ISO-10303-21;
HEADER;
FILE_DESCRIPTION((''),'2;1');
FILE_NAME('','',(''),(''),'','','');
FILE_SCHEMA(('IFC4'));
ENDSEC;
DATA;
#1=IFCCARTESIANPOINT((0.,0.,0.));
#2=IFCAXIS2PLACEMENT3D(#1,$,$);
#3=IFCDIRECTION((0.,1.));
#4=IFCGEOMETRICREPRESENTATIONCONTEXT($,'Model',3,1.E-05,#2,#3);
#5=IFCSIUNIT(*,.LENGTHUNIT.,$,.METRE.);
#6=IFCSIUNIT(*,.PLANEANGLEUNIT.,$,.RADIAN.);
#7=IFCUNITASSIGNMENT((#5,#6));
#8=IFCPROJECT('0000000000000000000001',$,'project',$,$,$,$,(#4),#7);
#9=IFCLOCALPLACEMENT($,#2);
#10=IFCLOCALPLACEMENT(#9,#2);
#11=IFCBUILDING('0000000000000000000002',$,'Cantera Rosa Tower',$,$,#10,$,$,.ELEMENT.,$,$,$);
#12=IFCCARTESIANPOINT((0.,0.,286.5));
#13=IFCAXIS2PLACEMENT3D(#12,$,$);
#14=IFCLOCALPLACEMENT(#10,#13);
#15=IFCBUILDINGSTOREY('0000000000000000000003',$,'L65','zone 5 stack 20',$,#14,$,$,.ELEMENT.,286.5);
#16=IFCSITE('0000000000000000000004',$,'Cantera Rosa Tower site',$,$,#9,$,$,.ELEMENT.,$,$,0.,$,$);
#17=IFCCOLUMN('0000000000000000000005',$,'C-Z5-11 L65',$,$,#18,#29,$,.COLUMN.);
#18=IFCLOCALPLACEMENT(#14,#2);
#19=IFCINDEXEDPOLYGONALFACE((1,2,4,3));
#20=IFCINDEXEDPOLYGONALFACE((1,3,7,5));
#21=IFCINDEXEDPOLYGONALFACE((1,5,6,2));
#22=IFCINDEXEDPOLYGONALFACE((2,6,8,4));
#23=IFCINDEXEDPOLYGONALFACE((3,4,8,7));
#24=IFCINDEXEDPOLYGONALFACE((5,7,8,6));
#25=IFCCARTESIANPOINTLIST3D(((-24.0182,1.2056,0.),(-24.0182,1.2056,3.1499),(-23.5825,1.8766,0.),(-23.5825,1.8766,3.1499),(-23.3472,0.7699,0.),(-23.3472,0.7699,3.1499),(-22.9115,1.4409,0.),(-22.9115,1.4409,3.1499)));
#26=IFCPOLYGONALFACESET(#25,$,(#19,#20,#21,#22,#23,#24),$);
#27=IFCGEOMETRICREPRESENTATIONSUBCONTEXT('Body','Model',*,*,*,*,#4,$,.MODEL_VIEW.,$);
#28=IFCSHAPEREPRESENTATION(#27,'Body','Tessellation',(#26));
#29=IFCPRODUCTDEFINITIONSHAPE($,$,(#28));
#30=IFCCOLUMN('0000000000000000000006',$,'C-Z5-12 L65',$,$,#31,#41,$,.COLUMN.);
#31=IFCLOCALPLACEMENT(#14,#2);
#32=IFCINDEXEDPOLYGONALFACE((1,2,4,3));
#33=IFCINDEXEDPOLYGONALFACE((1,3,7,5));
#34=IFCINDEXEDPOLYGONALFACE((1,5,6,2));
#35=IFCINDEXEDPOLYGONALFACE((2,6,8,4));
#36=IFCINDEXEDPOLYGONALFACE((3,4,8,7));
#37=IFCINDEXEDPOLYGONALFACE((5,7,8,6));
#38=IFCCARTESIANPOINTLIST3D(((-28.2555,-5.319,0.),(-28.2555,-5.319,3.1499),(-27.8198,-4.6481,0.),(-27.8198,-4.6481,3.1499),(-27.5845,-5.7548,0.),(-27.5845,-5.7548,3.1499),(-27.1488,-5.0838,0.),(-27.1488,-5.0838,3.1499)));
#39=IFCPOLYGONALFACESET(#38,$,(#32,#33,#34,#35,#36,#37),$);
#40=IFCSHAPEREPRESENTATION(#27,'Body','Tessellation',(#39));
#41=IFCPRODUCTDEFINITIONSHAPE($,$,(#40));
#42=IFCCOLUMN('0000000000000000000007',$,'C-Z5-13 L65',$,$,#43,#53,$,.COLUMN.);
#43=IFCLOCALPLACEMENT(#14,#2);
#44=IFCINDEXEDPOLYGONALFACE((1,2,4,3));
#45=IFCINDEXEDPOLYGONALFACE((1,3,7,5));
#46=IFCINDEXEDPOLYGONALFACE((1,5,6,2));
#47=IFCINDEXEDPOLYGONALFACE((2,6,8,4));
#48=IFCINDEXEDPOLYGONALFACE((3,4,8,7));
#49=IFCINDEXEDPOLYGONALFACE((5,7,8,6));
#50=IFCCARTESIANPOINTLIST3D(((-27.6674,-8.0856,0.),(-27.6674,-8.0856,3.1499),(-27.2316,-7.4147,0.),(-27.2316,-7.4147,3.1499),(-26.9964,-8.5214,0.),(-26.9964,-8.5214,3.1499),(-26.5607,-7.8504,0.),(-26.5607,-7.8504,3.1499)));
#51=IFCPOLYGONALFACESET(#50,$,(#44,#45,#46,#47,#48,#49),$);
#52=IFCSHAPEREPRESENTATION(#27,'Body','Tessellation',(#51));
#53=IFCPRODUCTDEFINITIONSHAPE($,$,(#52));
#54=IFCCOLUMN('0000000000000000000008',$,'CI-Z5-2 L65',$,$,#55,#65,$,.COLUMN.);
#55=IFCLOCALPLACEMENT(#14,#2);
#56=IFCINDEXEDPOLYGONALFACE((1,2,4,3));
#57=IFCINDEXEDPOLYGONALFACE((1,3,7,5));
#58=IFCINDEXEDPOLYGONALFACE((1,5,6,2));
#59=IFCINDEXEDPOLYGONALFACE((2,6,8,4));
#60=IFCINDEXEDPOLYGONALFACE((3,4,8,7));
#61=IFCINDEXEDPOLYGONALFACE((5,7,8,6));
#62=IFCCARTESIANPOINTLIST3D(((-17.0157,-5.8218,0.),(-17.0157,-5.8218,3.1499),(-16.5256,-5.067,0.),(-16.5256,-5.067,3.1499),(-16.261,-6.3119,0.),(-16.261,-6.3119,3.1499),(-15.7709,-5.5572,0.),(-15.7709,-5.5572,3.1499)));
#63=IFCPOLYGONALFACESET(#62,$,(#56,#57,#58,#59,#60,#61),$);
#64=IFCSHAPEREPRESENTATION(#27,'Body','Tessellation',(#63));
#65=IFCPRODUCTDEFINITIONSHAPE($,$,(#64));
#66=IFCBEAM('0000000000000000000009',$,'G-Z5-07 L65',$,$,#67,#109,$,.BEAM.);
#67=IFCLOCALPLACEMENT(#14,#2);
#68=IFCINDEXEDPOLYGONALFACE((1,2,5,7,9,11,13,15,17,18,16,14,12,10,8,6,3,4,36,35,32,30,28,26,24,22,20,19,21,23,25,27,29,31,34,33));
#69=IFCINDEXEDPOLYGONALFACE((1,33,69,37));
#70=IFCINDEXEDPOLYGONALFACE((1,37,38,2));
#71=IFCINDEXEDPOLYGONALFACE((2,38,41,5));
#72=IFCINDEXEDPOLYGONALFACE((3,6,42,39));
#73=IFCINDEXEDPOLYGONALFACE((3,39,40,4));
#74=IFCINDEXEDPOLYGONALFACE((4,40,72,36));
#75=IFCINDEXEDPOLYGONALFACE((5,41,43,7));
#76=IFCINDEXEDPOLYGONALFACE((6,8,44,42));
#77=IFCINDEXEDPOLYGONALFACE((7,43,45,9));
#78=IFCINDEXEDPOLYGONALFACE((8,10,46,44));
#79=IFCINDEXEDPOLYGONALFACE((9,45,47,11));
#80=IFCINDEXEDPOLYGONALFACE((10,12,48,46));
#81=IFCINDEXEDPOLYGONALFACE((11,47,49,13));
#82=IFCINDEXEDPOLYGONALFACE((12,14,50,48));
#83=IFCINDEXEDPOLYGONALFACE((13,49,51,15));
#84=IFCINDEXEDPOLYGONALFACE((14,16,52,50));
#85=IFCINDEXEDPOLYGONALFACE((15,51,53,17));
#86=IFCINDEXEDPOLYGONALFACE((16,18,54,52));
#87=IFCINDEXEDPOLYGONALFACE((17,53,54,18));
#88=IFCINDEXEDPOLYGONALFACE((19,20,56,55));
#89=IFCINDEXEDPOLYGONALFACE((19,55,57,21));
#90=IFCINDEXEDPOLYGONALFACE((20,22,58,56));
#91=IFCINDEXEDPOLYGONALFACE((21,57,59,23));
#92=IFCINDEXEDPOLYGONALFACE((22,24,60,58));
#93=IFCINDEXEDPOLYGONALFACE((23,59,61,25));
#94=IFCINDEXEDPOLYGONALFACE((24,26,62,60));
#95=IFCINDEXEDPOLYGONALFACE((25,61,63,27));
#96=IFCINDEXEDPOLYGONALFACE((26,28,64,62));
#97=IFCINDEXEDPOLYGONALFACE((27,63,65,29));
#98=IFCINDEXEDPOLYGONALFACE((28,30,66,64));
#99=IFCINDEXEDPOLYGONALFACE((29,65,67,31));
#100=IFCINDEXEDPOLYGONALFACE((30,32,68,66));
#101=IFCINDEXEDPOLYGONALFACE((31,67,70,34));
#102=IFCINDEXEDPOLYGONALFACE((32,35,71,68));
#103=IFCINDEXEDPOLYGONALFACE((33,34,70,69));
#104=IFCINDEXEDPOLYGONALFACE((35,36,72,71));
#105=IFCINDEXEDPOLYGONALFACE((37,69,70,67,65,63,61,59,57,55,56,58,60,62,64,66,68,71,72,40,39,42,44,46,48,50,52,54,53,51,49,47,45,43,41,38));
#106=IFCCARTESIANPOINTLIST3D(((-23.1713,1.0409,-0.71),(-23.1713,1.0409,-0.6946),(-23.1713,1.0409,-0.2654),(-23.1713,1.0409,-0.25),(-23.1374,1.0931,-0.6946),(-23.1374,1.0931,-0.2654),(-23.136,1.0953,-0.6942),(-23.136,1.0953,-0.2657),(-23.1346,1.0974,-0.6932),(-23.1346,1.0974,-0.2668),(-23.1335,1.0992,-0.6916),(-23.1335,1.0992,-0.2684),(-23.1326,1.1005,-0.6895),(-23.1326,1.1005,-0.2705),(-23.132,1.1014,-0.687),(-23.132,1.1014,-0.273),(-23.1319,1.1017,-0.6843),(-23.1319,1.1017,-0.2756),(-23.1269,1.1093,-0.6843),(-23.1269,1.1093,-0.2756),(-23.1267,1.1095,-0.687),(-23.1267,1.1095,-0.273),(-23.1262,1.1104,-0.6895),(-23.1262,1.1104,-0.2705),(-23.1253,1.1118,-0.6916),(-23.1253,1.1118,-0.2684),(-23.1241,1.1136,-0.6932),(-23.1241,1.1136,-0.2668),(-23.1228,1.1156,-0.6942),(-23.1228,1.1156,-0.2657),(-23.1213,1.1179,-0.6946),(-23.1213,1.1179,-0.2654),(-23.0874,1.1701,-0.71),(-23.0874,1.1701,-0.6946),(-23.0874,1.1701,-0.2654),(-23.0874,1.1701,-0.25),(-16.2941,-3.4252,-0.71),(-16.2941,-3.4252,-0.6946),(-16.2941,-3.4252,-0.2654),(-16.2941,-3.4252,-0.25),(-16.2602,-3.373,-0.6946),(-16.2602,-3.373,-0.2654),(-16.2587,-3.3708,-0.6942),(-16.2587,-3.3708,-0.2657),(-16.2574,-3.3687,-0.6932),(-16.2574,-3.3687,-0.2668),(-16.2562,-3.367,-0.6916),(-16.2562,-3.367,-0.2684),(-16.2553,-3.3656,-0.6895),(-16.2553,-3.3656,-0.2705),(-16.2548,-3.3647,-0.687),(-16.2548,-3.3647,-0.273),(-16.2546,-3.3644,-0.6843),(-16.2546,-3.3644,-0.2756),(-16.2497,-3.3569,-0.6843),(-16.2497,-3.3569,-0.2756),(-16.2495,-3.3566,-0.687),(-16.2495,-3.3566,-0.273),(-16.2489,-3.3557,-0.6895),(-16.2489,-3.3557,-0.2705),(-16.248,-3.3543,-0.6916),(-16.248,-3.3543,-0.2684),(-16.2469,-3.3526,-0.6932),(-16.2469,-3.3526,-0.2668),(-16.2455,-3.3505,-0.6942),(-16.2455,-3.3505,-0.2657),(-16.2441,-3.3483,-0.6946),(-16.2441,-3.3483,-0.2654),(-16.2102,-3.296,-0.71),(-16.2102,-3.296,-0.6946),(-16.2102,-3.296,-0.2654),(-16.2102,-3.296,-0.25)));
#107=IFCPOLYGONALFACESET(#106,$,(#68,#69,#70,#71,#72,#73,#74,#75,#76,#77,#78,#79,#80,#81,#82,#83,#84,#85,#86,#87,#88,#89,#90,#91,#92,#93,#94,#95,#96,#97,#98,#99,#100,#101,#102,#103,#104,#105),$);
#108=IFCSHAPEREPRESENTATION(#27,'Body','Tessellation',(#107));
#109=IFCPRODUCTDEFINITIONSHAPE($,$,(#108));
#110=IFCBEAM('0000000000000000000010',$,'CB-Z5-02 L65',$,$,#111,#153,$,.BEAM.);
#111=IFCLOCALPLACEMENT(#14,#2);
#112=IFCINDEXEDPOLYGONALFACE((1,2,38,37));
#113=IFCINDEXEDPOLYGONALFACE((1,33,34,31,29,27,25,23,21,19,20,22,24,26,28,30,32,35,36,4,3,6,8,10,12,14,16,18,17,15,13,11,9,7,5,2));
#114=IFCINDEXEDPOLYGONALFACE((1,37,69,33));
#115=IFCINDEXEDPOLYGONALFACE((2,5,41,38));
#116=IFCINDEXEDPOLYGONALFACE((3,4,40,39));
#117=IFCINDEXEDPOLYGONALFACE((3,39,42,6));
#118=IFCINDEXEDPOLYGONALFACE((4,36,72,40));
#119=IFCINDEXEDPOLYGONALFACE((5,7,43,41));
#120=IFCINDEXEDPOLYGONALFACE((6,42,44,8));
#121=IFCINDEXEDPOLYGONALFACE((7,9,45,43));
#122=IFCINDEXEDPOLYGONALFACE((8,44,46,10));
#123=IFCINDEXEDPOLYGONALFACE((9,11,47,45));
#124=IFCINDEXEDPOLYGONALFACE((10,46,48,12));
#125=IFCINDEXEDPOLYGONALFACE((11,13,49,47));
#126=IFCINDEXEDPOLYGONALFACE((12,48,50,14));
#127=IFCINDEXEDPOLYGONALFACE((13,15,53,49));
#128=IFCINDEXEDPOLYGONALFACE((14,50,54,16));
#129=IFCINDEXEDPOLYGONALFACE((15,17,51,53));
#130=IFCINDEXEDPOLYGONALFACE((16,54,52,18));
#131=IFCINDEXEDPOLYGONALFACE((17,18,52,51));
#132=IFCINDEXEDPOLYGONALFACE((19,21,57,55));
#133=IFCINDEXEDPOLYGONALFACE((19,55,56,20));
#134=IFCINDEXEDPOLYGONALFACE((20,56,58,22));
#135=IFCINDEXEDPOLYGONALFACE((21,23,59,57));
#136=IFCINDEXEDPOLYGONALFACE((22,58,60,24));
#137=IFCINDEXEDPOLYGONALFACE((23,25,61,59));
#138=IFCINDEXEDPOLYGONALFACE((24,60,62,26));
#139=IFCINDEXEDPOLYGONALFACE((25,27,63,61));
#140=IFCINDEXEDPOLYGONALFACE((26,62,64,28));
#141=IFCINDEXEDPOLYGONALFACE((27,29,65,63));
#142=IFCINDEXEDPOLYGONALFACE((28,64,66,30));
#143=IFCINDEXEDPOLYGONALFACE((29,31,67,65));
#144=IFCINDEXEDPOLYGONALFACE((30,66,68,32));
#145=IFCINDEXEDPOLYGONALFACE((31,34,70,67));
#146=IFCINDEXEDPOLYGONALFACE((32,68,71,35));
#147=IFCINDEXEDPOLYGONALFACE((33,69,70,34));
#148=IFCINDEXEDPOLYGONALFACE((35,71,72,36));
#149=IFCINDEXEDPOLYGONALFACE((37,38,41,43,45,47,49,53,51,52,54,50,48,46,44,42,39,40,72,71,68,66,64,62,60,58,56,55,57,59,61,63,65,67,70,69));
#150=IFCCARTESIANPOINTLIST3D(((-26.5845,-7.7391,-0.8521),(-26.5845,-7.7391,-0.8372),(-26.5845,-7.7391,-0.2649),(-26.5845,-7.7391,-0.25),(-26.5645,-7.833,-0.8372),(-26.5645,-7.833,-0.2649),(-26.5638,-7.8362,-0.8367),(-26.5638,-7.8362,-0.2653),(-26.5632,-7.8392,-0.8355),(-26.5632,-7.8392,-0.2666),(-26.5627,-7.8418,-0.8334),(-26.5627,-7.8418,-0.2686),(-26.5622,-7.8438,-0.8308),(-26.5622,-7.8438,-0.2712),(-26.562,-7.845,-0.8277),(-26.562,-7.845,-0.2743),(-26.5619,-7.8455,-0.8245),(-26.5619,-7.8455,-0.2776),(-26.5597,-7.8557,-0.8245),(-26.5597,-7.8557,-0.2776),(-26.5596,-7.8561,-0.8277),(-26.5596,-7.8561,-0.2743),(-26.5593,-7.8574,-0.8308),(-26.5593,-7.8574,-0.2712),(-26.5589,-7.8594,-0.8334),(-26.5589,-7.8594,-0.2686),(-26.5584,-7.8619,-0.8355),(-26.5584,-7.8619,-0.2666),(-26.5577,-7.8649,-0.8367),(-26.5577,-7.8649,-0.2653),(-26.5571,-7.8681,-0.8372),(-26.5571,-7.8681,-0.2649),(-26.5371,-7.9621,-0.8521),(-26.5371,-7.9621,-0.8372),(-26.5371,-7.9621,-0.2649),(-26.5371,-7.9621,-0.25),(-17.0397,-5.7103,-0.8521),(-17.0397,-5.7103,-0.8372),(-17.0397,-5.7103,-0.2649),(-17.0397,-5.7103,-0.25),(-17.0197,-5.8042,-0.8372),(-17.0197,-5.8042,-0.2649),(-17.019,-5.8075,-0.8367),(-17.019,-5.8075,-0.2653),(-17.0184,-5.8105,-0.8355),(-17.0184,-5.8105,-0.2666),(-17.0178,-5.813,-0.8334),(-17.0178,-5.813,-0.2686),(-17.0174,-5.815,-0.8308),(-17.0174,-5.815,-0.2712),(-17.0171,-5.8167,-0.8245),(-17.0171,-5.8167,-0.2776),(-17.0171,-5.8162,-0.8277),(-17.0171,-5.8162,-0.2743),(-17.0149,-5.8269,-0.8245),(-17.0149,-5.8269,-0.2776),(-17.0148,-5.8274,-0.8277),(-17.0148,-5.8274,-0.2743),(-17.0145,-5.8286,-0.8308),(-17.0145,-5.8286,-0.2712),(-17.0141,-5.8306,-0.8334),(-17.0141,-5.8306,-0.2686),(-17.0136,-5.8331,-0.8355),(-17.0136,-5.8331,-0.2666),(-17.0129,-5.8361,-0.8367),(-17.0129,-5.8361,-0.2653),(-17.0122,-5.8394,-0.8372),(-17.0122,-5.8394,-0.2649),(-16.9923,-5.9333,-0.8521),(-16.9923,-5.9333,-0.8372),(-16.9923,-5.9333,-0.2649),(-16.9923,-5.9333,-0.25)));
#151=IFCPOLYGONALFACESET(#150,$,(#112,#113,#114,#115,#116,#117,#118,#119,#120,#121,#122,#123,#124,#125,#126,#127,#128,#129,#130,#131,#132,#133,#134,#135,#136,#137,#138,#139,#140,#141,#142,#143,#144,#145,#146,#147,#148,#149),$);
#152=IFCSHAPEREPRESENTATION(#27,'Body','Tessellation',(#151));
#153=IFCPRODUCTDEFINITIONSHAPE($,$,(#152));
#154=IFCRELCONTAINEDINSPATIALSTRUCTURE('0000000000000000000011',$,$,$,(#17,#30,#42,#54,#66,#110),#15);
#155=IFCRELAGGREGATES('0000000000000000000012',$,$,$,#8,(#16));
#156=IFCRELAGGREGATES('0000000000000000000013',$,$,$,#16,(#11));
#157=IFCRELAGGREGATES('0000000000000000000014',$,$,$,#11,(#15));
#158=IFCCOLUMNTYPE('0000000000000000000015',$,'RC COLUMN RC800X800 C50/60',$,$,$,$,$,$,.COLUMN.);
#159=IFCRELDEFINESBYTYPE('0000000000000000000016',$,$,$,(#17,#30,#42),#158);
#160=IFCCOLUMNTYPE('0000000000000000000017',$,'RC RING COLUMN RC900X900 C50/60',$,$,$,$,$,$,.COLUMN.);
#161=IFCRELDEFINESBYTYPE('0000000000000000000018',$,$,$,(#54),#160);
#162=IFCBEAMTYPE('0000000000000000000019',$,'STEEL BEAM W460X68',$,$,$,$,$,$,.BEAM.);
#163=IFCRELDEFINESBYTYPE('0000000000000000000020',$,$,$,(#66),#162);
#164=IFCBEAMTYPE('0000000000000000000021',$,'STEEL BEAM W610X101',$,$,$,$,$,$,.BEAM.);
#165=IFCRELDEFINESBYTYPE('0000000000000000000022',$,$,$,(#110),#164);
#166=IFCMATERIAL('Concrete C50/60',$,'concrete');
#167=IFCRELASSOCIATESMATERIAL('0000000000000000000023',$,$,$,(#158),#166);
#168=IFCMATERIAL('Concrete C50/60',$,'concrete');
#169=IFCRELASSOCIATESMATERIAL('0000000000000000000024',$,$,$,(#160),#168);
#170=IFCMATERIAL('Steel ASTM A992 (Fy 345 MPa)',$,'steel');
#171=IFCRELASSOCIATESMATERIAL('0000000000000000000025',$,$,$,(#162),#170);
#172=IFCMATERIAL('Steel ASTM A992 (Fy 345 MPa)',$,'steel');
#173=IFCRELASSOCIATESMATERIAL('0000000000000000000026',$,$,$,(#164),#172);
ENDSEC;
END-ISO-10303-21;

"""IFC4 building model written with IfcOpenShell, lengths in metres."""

from ifc_helpers import new_model, si_unit, direction, frame, origin, origin_2d, place, context, subcontext, project, spatial, rectangle, i_section, extrude, material, material_profile, profile_set, type_object, element, save


model = new_model("IFC4")

# Units and contexts
model_context = context("Model", 3, precision=1e-05, world=origin(), true_north=direction((0.0, 1.0)))
body_context = subcontext(model_context, "Body", "Model", "MODEL_VIEW")
ifc_project = project(units=[si_unit("LENGTHUNIT", "METRE"), si_unit("PLANEANGLEUNIT", "RADIAN")], contexts=[model_context])

# Site, building, storey
site_placement = place(None, origin())
site = spatial("IfcSite", under=ifc_project, at=site_placement, Name="Cantera Rosa Tower site", CompositionType="ELEMENT", RefElevation=0.0)
building_placement = place(site_placement, origin())
building = spatial("IfcBuilding", under=site, at=building_placement, Name="Cantera Rosa Tower", CompositionType="ELEMENT")
storey_placement = place(building_placement, frame((0.0, 0.0, 286.5)))
storey = spatial("IfcBuildingStorey", under=building, at=storey_placement, Name="L65", Description="zone 5 stack 20", CompositionType="ELEMENT", Elevation=286.5)

# Columns
ifc_material_1 = material(Name="Concrete C50/60", Category="concrete")
ifc_material_profile_1 = material_profile(ifc_material_1, rectangle(XDim=0.8, YDim=0.8, at=origin_2d()), Name="RC COLUMN RC800X800 C50/60")
ifc_profile_set_1 = profile_set([ifc_material_profile_1], Name="Concrete C50/60")
column_type_1 = type_object("IfcColumnType", Name="RC COLUMN RC800X800 C50/60", PredefinedType="COLUMN", material=ifc_profile_set_1)
for number, where, z_axis, x_axis, name in (
    (1, (-23.4648, 1.3232, 0.0), (0.0, 0.0, 1.0), (0.544639, 0.838671, 0.0), "C-Z5-11 L65"),
    (2, (-27.7021, -5.2014, 0.0), (0.0, 0.0, 1.0), (0.544639, 0.838671, 0.0), "C-Z5-12 L65"),
    (3, (-27.114, -7.968, 0.0), (0.0, 0.0, 1.0), (0.544639, 0.838671, 0.0), "C-Z5-13 L65"),
):
    element("IfcColumn", number, at=place(storey_placement, frame(where, z_axis=z_axis, x_axis=x_axis)), inside=storey, type_object=column_type_1, Name=name, PredefinedType="COLUMN", context=body_context, shape_type="SweptSolid", body=[
        extrude(rectangle(XDim=0.8, YDim=0.8, at=origin_2d()), origin(), (0.0, 0.0, 1.0), 3.1499),
    ])
ifc_material_2 = material(Name="Concrete C50/60", Category="concrete")
ifc_material_profile_2 = material_profile(ifc_material_2, rectangle(XDim=0.8999, YDim=0.8999, at=origin_2d()), Name="RC RING COLUMN RC900X900 C50/60")
ifc_profile_set_2 = profile_set([ifc_material_profile_2], Name="Concrete C50/60")
column_type_2 = type_object("IfcColumnType", Name="RC RING COLUMN RC900X900 C50/60", PredefinedType="COLUMN", material=ifc_profile_set_2)
column_placement = place(storey_placement, frame((-16.3933, -5.6895, 0.0), z_axis=(0.0, 0.0, 1.0), x_axis=(0.544639, 0.838671, 0.0)))
element("IfcColumn", 4, at=column_placement, inside=storey, type_object=column_type_2, Name="CI-Z5-2 L65", PredefinedType="COLUMN", context=body_context, shape_type="SweptSolid", body=[
    extrude(rectangle(XDim=0.8999, YDim=0.8999, at=origin_2d()), origin(), (0.0, 0.0, 1.0), 3.1499),
])

# Beams
ifc_material_3 = material(Name="Steel ASTM A992 (Fy 345 MPa)", Category="steel")
ifc_material_profile_3 = material_profile(ifc_material_3, i_section(OverallWidth=0.1541, OverallDepth=0.46, WebThickness=0.009, FlangeThickness=0.0154, FilletRadius=0.0103, at=origin_2d()), Name="W460X68")
ifc_profile_set_3 = profile_set([ifc_material_profile_3], Name="Steel ASTM A992 (Fy 345 MPa)")
beam_type_1 = type_object("IfcBeamType", Name="STEEL BEAM W460X68", PredefinedType="BEAM", material=ifc_profile_set_3)
beam_1_placement = place(storey_placement, frame((-23.1294, 1.1055, -0.48), z_axis=(0.838673, -0.544636, 0.0), x_axis=(0.544636, 0.838673, 0.0)))
element("IfcBeam", 5, at=beam_1_placement, inside=storey, type_object=beam_type_1, Name="G-Z5-07 L65", PredefinedType="BEAM", context=body_context, shape_type="SweptSolid", body=[
    extrude(i_section(OverallWidth=0.1541, OverallDepth=0.46, WebThickness=0.009, FlangeThickness=0.0154, FilletRadius=0.0103, at=origin_2d()), origin(), (0.0, 0.0, 1.0), 8.2002),
])
ifc_material_4 = material(Name="Steel ASTM A992 (Fy 345 MPa)", Category="steel")
ifc_material_profile_4 = material_profile(ifc_material_4, i_section(OverallWidth=0.228, OverallDepth=0.6021, WebThickness=0.0105, FlangeThickness=0.0149, FilletRadius=0.0127, at=origin_2d()), Name="W610X101")
ifc_profile_set_4 = profile_set([ifc_material_profile_4], Name="Steel ASTM A992 (Fy 345 MPa)")
beam_type_2 = type_object("IfcBeamType", Name="STEEL BEAM W610X101", PredefinedType="BEAM", material=ifc_profile_set_4)
beam_2_placement = place(storey_placement, frame((-26.5608, -7.8506, -0.551), z_axis=(0.978148, 0.207909, 0.0), x_axis=(-0.207909, 0.978148, 0.0)))
element("IfcBeam", 6, at=beam_2_placement, inside=storey, type_object=beam_type_2, Name="CB-Z5-02 L65", PredefinedType="BEAM", context=body_context, shape_type="SweptSolid", body=[
    extrude(i_section(OverallWidth=0.228, OverallDepth=0.6021, WebThickness=0.0105, FlangeThickness=0.0149, FilletRadius=0.0127, at=origin_2d()), origin(), (0.0, 0.0, 1.0), 9.7581),
])

save(model, "model.ifc")
